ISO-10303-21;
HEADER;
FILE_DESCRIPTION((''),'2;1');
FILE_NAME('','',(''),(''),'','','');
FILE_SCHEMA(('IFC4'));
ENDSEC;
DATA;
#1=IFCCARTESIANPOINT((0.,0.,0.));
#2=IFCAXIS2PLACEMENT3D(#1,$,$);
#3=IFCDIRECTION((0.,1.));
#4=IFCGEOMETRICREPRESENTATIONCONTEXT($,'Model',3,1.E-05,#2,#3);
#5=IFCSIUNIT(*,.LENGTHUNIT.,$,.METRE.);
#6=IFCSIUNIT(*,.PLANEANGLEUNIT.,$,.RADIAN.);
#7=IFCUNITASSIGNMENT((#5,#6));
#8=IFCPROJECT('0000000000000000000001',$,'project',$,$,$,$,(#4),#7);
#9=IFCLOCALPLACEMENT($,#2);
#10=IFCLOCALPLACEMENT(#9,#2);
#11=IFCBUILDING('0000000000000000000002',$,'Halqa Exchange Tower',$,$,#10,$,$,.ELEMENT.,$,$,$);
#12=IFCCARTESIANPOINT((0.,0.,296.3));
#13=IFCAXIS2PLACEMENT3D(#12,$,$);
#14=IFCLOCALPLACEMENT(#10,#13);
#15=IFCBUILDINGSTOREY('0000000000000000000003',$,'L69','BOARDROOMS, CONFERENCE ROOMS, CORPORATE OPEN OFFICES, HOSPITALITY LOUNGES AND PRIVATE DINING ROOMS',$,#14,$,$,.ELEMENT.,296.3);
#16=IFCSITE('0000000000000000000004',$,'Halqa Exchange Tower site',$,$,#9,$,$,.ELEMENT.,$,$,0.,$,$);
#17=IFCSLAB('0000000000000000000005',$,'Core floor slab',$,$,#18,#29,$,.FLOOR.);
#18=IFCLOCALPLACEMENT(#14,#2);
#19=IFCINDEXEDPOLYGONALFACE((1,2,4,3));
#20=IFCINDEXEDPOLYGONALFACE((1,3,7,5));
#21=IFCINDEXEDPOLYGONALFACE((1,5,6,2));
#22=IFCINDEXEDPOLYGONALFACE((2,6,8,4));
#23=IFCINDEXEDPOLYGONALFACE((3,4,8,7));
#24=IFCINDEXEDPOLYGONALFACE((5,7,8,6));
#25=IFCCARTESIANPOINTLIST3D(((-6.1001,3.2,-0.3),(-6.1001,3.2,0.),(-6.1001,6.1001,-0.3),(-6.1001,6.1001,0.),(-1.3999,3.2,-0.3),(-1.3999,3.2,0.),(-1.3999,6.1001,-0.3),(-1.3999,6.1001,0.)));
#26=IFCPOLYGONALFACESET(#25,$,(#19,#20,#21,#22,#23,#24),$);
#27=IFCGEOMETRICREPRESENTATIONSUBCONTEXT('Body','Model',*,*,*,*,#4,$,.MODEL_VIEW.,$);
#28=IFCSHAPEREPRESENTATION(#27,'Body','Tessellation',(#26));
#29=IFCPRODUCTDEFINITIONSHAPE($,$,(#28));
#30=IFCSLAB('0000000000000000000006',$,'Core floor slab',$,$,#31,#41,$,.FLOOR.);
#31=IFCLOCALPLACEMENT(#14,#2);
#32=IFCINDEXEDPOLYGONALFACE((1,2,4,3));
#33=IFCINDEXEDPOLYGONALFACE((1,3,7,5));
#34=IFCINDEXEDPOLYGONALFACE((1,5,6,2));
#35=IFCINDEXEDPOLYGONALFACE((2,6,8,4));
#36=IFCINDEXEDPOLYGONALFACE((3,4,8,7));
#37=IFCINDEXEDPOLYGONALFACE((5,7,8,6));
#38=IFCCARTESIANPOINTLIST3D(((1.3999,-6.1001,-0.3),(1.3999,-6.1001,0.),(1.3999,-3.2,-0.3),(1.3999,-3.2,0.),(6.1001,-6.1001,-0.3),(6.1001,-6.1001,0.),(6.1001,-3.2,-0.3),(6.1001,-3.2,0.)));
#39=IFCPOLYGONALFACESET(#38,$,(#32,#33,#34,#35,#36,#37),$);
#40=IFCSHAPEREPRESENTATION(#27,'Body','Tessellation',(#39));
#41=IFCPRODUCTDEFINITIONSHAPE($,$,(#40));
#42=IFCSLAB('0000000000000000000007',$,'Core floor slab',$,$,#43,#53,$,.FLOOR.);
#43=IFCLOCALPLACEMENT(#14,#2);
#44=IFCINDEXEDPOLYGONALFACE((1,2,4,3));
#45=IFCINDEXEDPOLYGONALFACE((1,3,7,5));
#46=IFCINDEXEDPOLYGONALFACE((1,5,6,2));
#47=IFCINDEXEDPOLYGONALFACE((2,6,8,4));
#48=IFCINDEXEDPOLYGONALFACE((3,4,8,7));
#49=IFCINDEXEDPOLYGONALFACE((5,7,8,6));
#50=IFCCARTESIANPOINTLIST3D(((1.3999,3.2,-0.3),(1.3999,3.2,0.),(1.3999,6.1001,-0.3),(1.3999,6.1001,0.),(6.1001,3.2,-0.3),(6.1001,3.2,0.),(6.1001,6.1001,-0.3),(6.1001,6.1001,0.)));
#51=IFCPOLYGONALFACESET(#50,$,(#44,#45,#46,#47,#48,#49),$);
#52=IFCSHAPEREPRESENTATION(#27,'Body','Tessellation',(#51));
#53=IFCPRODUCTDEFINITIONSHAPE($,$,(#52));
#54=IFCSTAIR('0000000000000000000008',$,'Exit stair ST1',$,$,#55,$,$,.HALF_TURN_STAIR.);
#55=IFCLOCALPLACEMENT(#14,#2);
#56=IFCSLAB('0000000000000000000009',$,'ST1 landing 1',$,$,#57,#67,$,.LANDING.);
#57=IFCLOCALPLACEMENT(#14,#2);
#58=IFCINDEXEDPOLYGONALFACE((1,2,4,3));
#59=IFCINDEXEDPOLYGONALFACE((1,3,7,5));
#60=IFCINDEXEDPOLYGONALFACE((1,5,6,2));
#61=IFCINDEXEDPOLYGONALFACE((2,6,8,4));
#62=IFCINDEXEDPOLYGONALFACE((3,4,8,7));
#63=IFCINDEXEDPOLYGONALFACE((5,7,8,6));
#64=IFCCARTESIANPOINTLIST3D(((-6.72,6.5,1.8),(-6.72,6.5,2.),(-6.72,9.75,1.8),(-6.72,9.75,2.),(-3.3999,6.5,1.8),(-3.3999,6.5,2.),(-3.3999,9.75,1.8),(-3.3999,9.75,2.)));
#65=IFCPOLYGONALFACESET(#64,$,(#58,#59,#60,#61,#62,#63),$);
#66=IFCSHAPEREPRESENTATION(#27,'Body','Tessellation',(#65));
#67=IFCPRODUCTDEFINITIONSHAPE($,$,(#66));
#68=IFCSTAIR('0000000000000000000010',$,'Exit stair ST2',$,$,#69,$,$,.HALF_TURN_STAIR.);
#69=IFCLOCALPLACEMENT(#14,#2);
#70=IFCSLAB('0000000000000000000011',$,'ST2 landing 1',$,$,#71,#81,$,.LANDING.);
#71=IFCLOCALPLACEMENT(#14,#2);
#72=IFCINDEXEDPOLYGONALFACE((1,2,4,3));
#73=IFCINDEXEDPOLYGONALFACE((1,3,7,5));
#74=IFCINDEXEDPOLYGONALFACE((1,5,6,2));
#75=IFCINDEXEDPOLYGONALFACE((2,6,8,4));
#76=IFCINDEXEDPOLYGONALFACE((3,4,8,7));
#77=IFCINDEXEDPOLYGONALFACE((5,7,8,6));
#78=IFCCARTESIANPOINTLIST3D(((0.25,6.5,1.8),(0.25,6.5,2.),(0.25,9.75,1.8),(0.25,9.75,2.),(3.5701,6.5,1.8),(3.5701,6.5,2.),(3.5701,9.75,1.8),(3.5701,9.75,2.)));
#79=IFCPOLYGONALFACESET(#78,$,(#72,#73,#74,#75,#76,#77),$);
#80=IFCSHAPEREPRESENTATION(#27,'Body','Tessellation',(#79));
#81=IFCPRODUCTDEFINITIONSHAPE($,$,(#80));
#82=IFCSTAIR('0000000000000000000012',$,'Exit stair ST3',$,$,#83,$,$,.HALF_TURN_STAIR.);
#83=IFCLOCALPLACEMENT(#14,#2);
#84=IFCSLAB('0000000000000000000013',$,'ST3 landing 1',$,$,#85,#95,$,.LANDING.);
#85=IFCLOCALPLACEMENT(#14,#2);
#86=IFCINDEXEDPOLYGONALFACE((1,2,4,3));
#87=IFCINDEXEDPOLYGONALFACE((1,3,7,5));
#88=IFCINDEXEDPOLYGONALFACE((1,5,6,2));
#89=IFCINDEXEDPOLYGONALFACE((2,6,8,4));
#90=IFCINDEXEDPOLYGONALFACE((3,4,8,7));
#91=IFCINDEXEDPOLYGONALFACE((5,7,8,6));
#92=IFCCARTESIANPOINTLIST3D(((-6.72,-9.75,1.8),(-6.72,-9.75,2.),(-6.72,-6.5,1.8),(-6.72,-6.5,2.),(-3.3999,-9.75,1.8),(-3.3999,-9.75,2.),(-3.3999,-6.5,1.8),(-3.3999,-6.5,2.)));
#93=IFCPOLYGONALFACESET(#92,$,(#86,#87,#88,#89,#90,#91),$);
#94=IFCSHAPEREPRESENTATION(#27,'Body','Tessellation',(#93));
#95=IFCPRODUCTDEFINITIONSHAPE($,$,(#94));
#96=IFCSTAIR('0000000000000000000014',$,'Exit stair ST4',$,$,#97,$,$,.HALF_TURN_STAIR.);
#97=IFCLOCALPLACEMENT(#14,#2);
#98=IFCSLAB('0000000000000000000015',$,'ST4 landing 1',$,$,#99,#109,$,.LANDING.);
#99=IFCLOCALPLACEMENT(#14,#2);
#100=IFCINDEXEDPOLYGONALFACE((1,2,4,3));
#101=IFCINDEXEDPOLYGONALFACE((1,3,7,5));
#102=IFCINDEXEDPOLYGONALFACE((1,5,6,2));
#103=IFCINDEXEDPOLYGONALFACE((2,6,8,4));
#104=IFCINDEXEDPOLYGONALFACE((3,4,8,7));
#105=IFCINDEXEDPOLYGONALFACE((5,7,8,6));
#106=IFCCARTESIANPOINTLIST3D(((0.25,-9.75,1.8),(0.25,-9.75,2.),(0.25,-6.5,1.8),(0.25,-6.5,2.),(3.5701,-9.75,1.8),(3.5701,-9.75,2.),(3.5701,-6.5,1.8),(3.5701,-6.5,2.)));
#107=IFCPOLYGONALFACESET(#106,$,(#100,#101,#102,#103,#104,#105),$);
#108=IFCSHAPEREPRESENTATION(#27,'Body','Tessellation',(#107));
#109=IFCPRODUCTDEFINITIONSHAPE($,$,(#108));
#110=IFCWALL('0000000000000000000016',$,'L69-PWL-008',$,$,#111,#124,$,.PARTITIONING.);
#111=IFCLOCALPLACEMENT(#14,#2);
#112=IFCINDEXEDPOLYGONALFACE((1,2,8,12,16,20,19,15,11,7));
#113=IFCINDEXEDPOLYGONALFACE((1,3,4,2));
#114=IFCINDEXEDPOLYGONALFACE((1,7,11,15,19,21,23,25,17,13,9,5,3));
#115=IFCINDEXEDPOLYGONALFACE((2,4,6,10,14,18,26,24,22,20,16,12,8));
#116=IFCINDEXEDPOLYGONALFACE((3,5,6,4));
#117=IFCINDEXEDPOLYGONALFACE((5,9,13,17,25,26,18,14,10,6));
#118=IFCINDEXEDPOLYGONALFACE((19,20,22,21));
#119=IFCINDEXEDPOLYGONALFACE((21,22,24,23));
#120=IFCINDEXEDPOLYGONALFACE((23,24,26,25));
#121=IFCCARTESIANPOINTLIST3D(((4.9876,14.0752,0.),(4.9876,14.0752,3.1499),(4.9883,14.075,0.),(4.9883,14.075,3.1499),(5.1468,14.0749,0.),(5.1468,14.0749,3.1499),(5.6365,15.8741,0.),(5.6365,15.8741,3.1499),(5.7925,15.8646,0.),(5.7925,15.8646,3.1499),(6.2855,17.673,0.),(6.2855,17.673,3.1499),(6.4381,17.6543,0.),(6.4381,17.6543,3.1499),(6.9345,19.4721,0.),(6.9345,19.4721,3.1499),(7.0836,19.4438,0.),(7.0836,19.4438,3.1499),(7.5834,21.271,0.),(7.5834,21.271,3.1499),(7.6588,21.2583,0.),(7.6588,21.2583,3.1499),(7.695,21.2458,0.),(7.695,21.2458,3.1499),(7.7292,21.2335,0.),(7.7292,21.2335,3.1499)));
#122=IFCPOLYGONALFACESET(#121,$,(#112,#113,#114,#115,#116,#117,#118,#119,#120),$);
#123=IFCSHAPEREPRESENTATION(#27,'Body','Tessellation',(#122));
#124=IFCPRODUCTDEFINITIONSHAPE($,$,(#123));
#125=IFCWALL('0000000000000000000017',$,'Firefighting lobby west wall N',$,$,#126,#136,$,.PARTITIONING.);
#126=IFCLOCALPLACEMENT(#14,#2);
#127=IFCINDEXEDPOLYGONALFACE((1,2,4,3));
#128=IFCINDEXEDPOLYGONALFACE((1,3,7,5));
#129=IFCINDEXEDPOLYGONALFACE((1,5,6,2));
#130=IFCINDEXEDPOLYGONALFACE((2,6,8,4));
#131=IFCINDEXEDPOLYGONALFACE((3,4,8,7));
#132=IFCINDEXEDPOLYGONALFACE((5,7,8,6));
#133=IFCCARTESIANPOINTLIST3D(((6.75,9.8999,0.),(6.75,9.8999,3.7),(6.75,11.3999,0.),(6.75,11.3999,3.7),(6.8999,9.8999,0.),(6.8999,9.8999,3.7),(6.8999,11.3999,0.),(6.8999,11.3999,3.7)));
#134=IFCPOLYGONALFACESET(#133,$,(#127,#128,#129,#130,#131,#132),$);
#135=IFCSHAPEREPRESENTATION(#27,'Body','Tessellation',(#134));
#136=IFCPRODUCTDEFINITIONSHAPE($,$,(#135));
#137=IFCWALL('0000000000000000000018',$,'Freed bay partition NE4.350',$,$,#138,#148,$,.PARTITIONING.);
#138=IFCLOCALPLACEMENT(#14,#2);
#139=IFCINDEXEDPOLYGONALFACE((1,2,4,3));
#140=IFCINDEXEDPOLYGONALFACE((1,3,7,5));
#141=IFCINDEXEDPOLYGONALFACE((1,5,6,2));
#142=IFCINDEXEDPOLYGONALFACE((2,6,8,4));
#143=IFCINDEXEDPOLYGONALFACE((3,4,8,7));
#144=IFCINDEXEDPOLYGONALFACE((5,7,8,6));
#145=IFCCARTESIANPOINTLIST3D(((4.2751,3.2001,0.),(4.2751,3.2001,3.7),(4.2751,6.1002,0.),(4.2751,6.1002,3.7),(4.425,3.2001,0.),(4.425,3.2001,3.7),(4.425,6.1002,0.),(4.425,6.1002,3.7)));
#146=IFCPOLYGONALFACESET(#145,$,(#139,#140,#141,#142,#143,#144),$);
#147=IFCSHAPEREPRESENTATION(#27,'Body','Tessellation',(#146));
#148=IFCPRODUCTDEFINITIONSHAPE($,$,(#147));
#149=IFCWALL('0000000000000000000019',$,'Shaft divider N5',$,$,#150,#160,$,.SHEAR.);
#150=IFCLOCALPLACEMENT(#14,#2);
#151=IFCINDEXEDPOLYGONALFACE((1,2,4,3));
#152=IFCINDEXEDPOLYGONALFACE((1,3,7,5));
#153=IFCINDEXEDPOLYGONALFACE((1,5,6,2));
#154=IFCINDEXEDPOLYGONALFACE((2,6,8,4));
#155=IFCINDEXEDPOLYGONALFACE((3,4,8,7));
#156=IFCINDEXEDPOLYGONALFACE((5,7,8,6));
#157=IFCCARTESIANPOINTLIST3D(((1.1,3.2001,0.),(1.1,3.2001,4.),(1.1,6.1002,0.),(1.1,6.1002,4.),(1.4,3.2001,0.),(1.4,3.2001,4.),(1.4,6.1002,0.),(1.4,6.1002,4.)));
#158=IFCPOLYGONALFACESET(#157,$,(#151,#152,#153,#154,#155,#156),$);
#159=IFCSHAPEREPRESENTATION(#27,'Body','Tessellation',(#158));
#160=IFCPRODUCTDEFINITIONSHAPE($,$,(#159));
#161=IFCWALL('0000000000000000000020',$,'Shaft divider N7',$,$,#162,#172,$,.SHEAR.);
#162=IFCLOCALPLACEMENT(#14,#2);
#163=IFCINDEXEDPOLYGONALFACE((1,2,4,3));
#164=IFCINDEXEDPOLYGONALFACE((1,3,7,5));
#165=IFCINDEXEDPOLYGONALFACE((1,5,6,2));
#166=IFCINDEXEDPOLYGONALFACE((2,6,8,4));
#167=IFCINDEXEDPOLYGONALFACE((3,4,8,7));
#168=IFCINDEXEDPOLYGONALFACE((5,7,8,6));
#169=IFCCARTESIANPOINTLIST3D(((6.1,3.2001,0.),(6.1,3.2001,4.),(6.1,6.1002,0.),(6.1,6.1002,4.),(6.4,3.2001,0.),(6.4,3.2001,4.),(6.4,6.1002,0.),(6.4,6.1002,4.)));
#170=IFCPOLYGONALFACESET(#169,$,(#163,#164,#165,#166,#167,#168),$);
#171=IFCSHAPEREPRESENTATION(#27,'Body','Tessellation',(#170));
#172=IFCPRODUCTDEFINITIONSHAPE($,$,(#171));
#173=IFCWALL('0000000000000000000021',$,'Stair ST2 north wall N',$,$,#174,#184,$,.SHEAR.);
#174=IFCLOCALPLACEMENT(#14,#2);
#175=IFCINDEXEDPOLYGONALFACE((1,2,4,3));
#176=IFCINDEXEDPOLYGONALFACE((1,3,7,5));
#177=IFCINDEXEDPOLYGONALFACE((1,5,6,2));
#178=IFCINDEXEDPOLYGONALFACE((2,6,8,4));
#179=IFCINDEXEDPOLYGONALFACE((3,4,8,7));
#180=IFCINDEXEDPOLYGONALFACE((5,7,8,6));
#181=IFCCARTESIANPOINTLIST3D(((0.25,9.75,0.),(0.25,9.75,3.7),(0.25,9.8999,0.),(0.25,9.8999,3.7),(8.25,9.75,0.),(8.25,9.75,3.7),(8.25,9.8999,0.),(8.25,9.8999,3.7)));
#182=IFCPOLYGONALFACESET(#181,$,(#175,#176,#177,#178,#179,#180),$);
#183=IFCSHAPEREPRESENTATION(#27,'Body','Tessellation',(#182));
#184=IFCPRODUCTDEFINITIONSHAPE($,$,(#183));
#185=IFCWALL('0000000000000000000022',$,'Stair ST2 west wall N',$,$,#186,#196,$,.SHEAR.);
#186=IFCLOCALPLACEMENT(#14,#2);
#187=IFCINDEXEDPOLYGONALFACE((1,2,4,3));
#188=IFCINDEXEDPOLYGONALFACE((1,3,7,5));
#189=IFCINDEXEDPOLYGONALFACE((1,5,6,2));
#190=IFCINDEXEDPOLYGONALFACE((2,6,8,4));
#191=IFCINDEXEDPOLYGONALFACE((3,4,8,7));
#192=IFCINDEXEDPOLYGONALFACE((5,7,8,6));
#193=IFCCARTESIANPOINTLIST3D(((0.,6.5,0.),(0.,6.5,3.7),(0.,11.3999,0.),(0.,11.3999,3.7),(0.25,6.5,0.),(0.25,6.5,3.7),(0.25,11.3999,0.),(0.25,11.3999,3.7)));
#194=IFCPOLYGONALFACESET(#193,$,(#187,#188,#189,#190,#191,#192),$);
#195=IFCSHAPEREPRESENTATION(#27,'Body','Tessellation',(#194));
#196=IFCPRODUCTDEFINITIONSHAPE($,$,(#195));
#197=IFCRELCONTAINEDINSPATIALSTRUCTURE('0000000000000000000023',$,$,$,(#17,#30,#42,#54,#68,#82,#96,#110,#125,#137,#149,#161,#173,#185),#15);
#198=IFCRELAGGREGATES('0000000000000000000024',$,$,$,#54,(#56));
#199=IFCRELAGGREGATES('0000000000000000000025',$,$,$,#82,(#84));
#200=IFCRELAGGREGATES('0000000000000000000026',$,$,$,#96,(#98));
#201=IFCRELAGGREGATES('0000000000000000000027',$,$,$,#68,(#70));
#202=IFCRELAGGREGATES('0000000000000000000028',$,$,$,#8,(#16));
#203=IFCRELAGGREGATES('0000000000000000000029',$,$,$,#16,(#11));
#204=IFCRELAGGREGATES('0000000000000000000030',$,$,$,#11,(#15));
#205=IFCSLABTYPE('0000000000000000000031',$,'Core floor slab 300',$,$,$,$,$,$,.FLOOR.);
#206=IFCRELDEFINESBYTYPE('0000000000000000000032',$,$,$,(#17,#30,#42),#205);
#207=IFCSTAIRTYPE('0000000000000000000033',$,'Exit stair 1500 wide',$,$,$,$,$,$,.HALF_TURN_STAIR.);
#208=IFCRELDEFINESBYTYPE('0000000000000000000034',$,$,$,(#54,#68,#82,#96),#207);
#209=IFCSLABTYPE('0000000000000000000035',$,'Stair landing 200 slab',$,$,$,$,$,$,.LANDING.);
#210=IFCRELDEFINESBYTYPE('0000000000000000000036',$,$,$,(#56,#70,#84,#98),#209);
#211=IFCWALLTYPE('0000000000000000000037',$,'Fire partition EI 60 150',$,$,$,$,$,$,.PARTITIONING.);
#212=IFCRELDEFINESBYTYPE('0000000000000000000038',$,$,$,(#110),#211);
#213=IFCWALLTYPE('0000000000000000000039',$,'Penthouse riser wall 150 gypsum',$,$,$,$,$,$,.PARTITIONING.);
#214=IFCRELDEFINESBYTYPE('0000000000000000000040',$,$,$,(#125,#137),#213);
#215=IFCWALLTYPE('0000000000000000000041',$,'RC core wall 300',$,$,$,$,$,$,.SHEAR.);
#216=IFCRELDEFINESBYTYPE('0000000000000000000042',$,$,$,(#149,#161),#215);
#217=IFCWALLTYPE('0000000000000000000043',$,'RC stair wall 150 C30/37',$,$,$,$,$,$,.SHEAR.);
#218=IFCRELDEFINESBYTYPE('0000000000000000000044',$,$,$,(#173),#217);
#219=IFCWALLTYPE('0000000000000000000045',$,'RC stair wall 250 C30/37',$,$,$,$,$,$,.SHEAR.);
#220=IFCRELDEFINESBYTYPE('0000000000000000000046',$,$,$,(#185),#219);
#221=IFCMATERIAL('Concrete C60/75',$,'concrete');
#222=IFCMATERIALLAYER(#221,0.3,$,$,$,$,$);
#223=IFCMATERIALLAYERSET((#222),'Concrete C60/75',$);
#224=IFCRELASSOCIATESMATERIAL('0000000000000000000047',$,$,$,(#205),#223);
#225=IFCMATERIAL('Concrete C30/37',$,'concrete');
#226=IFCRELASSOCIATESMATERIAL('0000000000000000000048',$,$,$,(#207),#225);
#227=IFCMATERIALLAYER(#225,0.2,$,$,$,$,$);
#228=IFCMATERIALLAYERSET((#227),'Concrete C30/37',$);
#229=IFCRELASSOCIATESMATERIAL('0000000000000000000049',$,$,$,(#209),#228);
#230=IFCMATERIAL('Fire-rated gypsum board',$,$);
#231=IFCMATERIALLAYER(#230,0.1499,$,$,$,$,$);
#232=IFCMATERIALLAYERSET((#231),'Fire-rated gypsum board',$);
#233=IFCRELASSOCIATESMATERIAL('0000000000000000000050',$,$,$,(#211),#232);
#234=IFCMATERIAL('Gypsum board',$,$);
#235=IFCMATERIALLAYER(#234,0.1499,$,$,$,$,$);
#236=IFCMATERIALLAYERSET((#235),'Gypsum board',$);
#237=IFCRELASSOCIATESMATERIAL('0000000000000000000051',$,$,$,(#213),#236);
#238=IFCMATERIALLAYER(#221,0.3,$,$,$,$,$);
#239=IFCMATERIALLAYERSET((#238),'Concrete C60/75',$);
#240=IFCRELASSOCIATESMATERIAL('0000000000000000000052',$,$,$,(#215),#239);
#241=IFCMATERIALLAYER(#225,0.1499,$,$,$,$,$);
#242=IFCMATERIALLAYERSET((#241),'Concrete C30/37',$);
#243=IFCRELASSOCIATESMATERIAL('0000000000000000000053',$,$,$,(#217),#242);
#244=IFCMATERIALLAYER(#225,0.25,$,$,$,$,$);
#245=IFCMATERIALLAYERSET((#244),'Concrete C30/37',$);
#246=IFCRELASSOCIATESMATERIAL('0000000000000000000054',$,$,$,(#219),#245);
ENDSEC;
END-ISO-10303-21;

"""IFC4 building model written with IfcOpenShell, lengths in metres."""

from ifc_helpers import new_model, si_unit, direction, frame, frame_2d, origin, place, context, subcontext, project, spatial, polyline, rectangle, outline, extrude, material, layer, layer_set, type_object, element, aggregate, save


model = new_model("IFC4")

# Units and contexts
model_context = context("Model", 3, precision=1e-05, world=origin(), true_north=direction((0.0, 1.0)))
body_context = subcontext(model_context, "Body", "Model", "MODEL_VIEW")
ifc_project = project(units=[si_unit("LENGTHUNIT", "METRE"), si_unit("PLANEANGLEUNIT", "RADIAN")], contexts=[model_context])

# Site, building, storey
site_placement = place(None, origin())
site = spatial("IfcSite", under=ifc_project, at=site_placement, Name="Halqa Exchange Tower site", CompositionType="ELEMENT", RefElevation=0.0)
building_placement = place(site_placement, origin())
building = spatial("IfcBuilding", under=site, at=building_placement, Name="Halqa Exchange Tower", CompositionType="ELEMENT")
storey_placement = place(building_placement, frame((0.0, 0.0, 296.3)))
storey = spatial("IfcBuildingStorey", under=building, at=storey_placement, Name="L69", Description="BOARDROOMS, CONFERENCE ROOMS, CORPORATE OPEN OFFICES, HOSPITALITY LOUNGES AND PRIVATE DINING ROOMS", CompositionType="ELEMENT", Elevation=296.3)

# Shared definitions
ifc_material_1 = material(Name="Concrete C60/75", Category="concrete")

# Slabs
ifc_layer_1 = layer(ifc_material_1, 0.3)
ifc_layer_set_1 = layer_set([ifc_layer_1], Name="Concrete C60/75")
slab_type_1 = type_object("IfcSlabType", Name="Core floor slab 300", PredefinedType="FLOOR", material=ifc_layer_set_1)
slab_1_placement = place(storey_placement, frame((0.0, 0.0, -0.3)))
element("IfcSlab", 1, at=slab_1_placement, inside=storey, type_object=slab_type_1, Name="Core floor slab", PredefinedType="FLOOR", context=body_context, shape_type="SweptSolid", body=[
    extrude(outline(polyline([(-1.3999, 3.2), (-6.1001, 3.2), (-6.1001, 6.1001), (-1.3999, 6.1001), (-1.3999, 3.2)])), origin(), (0.0, 0.0, 1.0), 0.3),
])
slab_2_placement = place(storey_placement, frame((0.0, 0.0, -0.3)))
element("IfcSlab", 2, at=slab_2_placement, inside=storey, type_object=slab_type_1, Name="Core floor slab", PredefinedType="FLOOR", context=body_context, shape_type="SweptSolid", body=[
    extrude(outline(polyline([(6.1001, -3.2), (6.1001, -6.1001), (1.3999, -6.1001), (1.3999, -3.2), (6.1001, -3.2)])), origin(), (0.0, 0.0, 1.0), 0.3),
])
slab_3_placement = place(storey_placement, frame((0.0, 0.0, -0.3)))
element("IfcSlab", 3, at=slab_3_placement, inside=storey, type_object=slab_type_1, Name="Core floor slab", PredefinedType="FLOOR", context=body_context, shape_type="SweptSolid", body=[
    extrude(outline(polyline([(6.1001, 6.1001), (6.1001, 3.2), (1.3999, 3.2), (1.3999, 6.1001), (6.1001, 6.1001)])), origin(), (0.0, 0.0, 1.0), 0.3),
])

# Stairs, slabs
ifc_material_2 = material(Name="Concrete C30/37", Category="concrete")
stair_type = type_object("IfcStairType", Name="Exit stair 1500 wide", PredefinedType="HALF_TURN_STAIR", material=ifc_material_2)
stair_1_placement = place(storey_placement, origin())
stair_1 = element("IfcStair", 4, at=stair_1_placement, inside=storey, type_object=stair_type, Name="Exit stair ST1", PredefinedType="HALF_TURN_STAIR")
ifc_layer_2 = layer(ifc_material_2, 0.2)
ifc_layer_set_2 = layer_set([ifc_layer_2], Name="Concrete C30/37")
slab_type_2 = type_object("IfcSlabType", Name="Stair landing 200 slab", PredefinedType="LANDING", material=ifc_layer_set_2)
slab_4_placement = place(storey_placement, frame((0.0, 0.0, 1.8)))
slab_4 = element("IfcSlab", 5, at=slab_4_placement, type_object=slab_type_2, Name="ST1 landing 1", PredefinedType="LANDING", context=body_context, shape_type="SweptSolid", body=[
    extrude(outline(polyline([(-6.72, 6.5), (-3.3999, 6.5), (-3.3999, 9.75), (-6.72, 9.75), (-6.72, 6.5)])), origin(), (0.0, 0.0, 1.0), 0.2),
])
aggregate(stair_1, [slab_4])
stair_2_placement = place(storey_placement, origin())
stair_2 = element("IfcStair", 6, at=stair_2_placement, inside=storey, type_object=stair_type, Name="Exit stair ST2", PredefinedType="HALF_TURN_STAIR")
slab_5_placement = place(storey_placement, frame((0.0, 0.0, 1.8)))
slab_5 = element("IfcSlab", 7, at=slab_5_placement, type_object=slab_type_2, Name="ST2 landing 1", PredefinedType="LANDING", context=body_context, shape_type="SweptSolid", body=[
    extrude(outline(polyline([(0.25, 6.5), (3.5701, 6.5), (3.5701, 9.75), (0.25, 9.75), (0.25, 6.5)])), origin(), (0.0, 0.0, 1.0), 0.2),
])
stair_3_placement = place(storey_placement, origin())
stair_3 = element("IfcStair", 8, at=stair_3_placement, inside=storey, type_object=stair_type, Name="Exit stair ST3", PredefinedType="HALF_TURN_STAIR")
slab_6_placement = place(storey_placement, frame((0.0, 0.0, 1.8)))
slab_6 = element("IfcSlab", 9, at=slab_6_placement, type_object=slab_type_2, Name="ST3 landing 1", PredefinedType="LANDING", context=body_context, shape_type="SweptSolid", body=[
    extrude(outline(polyline([(-6.72, -9.75), (-3.3999, -9.75), (-3.3999, -6.5), (-6.72, -6.5), (-6.72, -9.75)])), origin(), (0.0, 0.0, 1.0), 0.2),
])
aggregate(stair_3, [slab_6])
stair_4_placement = place(storey_placement, origin())
stair_4 = element("IfcStair", 10, at=stair_4_placement, inside=storey, type_object=stair_type, Name="Exit stair ST4", PredefinedType="HALF_TURN_STAIR")
slab_7_placement = place(storey_placement, frame((0.0, 0.0, 1.8)))
slab_7 = element("IfcSlab", 11, at=slab_7_placement, type_object=slab_type_2, Name="ST4 landing 1", PredefinedType="LANDING", context=body_context, shape_type="SweptSolid", body=[
    extrude(outline(polyline([(0.25, -9.75), (3.5701, -9.75), (3.5701, -6.5), (0.25, -6.5), (0.25, -9.75)])), origin(), (0.0, 0.0, 1.0), 0.2),
])
aggregate(stair_4, [slab_7])

# Walls
ifc_material_3 = material(Name="Fire-rated gypsum board")
ifc_layer_3 = layer(ifc_material_3, 0.1499)
ifc_layer_set_3 = layer_set([ifc_layer_3], Name="Fire-rated gypsum board")
wall_type_1 = type_object("IfcWallType", Name="Fire partition EI 60 150", PredefinedType="PARTITIONING", material=ifc_layer_set_3)
wall_1_placement = place(storey_placement, frame((5.0581, 14.0498, 0.0), z_axis=(0.0, 0.0, 1.0), x_axis=(0.339338, 0.940665, 0.0)))
element("IfcWall", 12, at=wall_1_placement, inside=storey, type_object=wall_type_1, Name="L69-PWL-008", PredefinedType="PARTITIONING", context=body_context, shape_type="SweptSolid", body=[
    extrude(outline(polyline([(7.6638, -0.075), (7.6638, -0.0386), (7.6633, -0.0002), (7.6497, 0.075), (5.7373, 0.075), (3.8247, 0.075), (1.9124, 0.075), (0.0, 0.075), (0.0, 0.0742), (0.0537, -0.075), (1.9563, -0.075), (3.8589, -0.075), (5.7612, -0.075), (7.6638, -0.075)])), origin(), (0.0, 0.0, 1.0), 3.1499),
])
ifc_material_4 = material(Name="Gypsum board")
ifc_layer_4 = layer(ifc_material_4, 0.1499)
ifc_layer_set_4 = layer_set([ifc_layer_4], Name="Gypsum board")
wall_type_2 = type_object("IfcWallType", Name="Penthouse riser wall 150 gypsum", PredefinedType="PARTITIONING", material=ifc_layer_set_4)
wall_2_placement = place(storey_placement, frame((6.825, 9.8999, 0.0), z_axis=(0.0, 0.0, 1.0), x_axis=(0.0, 1.0, 0.0)))
element("IfcWall", 13, at=wall_2_placement, inside=storey, type_object=wall_type_2, Name="Firefighting lobby west wall N", PredefinedType="PARTITIONING", context=body_context, shape_type="SweptSolid", body=[
    extrude(rectangle(XDim=1.5, YDim=0.1499, at=frame_2d((0.75, 0.0))), origin(), (0.0, 0.0, 1.0), 3.7),
])
wall_3_placement = place(storey_placement, frame((4.3501, 3.2, 0.0), z_axis=(0.0, 0.0, 1.0), x_axis=(0.0, 1.0, 0.0)))
element("IfcWall", 14, at=wall_3_placement, inside=storey, type_object=wall_type_2, Name="Freed bay partition NE4.350", PredefinedType="PARTITIONING", context=body_context, shape_type="SweptSolid", body=[
    extrude(rectangle(XDim=2.9001, YDim=0.1499, at=frame_2d((1.4502, 0.0))), origin(), (0.0, 0.0, 1.0), 3.7),
])
ifc_layer_5 = layer(ifc_material_1, 0.3)
ifc_layer_set_5 = layer_set([ifc_layer_5], Name="Concrete C60/75")
wall_type_3 = type_object("IfcWallType", Name="RC core wall 300", PredefinedType="SHEAR", material=ifc_layer_set_5)
for number, where, z_axis, x_axis, name in (
    (15, (1.25, 3.2, 0.0), (0.0, 0.0, 1.0), (0.0, 1.0, 0.0), "Shaft divider N5"),
    (16, (6.25, 3.2, 0.0), (0.0, 0.0, 1.0), (0.0, 1.0, 0.0), "Shaft divider N7"),
):
    element("IfcWall", number, at=place(storey_placement, frame(where, z_axis=z_axis, x_axis=x_axis)), inside=storey, type_object=wall_type_3, Name=name, PredefinedType="SHEAR", context=body_context, shape_type="SweptSolid", body=[
        extrude(rectangle(XDim=2.9001, YDim=0.3, at=frame_2d((1.4502, 0.0))), origin(), (0.0, 0.0, 1.0), 4.0),
    ])
ifc_layer_6 = layer(ifc_material_2, 0.1499)
ifc_layer_set_6 = layer_set([ifc_layer_6], Name="Concrete C30/37")
wall_type_4 = type_object("IfcWallType", Name="RC stair wall 150 C30/37", PredefinedType="SHEAR", material=ifc_layer_set_6)
wall_4_placement = place(storey_placement, frame((0.25, 9.825, 0.0), z_axis=(0.0, 0.0, 1.0), x_axis=(1.0, 0.0, 0.0)))
element("IfcWall", 17, at=wall_4_placement, inside=storey, type_object=wall_type_4, Name="Stair ST2 north wall N", PredefinedType="SHEAR", context=body_context, shape_type="SweptSolid", body=[
    extrude(rectangle(XDim=8.0, YDim=0.1499, at=frame_2d((4.0, 0.0))), origin(), (0.0, 0.0, 1.0), 3.7),
])
ifc_layer_7 = layer(ifc_material_2, 0.25)
ifc_layer_set_7 = layer_set([ifc_layer_7], Name="Concrete C30/37")
wall_type_5 = type_object("IfcWallType", Name="RC stair wall 250 C30/37", PredefinedType="SHEAR", material=ifc_layer_set_7)
wall_5_placement = place(storey_placement, frame((0.125, 6.5, 0.0), z_axis=(0.0, 0.0, 1.0), x_axis=(0.0, 1.0, 0.0)))
element("IfcWall", 18, at=wall_5_placement, inside=storey, type_object=wall_type_5, Name="Stair ST2 west wall N", PredefinedType="SHEAR", context=body_context, shape_type="SweptSolid", body=[
    extrude(rectangle(XDim=4.8999, YDim=0.25, at=frame_2d((2.45, 0.0))), origin(), (0.0, 0.0, 1.0), 3.7),
])

aggregate(stair_2, [slab_5])

save(model, "model.ifc")
